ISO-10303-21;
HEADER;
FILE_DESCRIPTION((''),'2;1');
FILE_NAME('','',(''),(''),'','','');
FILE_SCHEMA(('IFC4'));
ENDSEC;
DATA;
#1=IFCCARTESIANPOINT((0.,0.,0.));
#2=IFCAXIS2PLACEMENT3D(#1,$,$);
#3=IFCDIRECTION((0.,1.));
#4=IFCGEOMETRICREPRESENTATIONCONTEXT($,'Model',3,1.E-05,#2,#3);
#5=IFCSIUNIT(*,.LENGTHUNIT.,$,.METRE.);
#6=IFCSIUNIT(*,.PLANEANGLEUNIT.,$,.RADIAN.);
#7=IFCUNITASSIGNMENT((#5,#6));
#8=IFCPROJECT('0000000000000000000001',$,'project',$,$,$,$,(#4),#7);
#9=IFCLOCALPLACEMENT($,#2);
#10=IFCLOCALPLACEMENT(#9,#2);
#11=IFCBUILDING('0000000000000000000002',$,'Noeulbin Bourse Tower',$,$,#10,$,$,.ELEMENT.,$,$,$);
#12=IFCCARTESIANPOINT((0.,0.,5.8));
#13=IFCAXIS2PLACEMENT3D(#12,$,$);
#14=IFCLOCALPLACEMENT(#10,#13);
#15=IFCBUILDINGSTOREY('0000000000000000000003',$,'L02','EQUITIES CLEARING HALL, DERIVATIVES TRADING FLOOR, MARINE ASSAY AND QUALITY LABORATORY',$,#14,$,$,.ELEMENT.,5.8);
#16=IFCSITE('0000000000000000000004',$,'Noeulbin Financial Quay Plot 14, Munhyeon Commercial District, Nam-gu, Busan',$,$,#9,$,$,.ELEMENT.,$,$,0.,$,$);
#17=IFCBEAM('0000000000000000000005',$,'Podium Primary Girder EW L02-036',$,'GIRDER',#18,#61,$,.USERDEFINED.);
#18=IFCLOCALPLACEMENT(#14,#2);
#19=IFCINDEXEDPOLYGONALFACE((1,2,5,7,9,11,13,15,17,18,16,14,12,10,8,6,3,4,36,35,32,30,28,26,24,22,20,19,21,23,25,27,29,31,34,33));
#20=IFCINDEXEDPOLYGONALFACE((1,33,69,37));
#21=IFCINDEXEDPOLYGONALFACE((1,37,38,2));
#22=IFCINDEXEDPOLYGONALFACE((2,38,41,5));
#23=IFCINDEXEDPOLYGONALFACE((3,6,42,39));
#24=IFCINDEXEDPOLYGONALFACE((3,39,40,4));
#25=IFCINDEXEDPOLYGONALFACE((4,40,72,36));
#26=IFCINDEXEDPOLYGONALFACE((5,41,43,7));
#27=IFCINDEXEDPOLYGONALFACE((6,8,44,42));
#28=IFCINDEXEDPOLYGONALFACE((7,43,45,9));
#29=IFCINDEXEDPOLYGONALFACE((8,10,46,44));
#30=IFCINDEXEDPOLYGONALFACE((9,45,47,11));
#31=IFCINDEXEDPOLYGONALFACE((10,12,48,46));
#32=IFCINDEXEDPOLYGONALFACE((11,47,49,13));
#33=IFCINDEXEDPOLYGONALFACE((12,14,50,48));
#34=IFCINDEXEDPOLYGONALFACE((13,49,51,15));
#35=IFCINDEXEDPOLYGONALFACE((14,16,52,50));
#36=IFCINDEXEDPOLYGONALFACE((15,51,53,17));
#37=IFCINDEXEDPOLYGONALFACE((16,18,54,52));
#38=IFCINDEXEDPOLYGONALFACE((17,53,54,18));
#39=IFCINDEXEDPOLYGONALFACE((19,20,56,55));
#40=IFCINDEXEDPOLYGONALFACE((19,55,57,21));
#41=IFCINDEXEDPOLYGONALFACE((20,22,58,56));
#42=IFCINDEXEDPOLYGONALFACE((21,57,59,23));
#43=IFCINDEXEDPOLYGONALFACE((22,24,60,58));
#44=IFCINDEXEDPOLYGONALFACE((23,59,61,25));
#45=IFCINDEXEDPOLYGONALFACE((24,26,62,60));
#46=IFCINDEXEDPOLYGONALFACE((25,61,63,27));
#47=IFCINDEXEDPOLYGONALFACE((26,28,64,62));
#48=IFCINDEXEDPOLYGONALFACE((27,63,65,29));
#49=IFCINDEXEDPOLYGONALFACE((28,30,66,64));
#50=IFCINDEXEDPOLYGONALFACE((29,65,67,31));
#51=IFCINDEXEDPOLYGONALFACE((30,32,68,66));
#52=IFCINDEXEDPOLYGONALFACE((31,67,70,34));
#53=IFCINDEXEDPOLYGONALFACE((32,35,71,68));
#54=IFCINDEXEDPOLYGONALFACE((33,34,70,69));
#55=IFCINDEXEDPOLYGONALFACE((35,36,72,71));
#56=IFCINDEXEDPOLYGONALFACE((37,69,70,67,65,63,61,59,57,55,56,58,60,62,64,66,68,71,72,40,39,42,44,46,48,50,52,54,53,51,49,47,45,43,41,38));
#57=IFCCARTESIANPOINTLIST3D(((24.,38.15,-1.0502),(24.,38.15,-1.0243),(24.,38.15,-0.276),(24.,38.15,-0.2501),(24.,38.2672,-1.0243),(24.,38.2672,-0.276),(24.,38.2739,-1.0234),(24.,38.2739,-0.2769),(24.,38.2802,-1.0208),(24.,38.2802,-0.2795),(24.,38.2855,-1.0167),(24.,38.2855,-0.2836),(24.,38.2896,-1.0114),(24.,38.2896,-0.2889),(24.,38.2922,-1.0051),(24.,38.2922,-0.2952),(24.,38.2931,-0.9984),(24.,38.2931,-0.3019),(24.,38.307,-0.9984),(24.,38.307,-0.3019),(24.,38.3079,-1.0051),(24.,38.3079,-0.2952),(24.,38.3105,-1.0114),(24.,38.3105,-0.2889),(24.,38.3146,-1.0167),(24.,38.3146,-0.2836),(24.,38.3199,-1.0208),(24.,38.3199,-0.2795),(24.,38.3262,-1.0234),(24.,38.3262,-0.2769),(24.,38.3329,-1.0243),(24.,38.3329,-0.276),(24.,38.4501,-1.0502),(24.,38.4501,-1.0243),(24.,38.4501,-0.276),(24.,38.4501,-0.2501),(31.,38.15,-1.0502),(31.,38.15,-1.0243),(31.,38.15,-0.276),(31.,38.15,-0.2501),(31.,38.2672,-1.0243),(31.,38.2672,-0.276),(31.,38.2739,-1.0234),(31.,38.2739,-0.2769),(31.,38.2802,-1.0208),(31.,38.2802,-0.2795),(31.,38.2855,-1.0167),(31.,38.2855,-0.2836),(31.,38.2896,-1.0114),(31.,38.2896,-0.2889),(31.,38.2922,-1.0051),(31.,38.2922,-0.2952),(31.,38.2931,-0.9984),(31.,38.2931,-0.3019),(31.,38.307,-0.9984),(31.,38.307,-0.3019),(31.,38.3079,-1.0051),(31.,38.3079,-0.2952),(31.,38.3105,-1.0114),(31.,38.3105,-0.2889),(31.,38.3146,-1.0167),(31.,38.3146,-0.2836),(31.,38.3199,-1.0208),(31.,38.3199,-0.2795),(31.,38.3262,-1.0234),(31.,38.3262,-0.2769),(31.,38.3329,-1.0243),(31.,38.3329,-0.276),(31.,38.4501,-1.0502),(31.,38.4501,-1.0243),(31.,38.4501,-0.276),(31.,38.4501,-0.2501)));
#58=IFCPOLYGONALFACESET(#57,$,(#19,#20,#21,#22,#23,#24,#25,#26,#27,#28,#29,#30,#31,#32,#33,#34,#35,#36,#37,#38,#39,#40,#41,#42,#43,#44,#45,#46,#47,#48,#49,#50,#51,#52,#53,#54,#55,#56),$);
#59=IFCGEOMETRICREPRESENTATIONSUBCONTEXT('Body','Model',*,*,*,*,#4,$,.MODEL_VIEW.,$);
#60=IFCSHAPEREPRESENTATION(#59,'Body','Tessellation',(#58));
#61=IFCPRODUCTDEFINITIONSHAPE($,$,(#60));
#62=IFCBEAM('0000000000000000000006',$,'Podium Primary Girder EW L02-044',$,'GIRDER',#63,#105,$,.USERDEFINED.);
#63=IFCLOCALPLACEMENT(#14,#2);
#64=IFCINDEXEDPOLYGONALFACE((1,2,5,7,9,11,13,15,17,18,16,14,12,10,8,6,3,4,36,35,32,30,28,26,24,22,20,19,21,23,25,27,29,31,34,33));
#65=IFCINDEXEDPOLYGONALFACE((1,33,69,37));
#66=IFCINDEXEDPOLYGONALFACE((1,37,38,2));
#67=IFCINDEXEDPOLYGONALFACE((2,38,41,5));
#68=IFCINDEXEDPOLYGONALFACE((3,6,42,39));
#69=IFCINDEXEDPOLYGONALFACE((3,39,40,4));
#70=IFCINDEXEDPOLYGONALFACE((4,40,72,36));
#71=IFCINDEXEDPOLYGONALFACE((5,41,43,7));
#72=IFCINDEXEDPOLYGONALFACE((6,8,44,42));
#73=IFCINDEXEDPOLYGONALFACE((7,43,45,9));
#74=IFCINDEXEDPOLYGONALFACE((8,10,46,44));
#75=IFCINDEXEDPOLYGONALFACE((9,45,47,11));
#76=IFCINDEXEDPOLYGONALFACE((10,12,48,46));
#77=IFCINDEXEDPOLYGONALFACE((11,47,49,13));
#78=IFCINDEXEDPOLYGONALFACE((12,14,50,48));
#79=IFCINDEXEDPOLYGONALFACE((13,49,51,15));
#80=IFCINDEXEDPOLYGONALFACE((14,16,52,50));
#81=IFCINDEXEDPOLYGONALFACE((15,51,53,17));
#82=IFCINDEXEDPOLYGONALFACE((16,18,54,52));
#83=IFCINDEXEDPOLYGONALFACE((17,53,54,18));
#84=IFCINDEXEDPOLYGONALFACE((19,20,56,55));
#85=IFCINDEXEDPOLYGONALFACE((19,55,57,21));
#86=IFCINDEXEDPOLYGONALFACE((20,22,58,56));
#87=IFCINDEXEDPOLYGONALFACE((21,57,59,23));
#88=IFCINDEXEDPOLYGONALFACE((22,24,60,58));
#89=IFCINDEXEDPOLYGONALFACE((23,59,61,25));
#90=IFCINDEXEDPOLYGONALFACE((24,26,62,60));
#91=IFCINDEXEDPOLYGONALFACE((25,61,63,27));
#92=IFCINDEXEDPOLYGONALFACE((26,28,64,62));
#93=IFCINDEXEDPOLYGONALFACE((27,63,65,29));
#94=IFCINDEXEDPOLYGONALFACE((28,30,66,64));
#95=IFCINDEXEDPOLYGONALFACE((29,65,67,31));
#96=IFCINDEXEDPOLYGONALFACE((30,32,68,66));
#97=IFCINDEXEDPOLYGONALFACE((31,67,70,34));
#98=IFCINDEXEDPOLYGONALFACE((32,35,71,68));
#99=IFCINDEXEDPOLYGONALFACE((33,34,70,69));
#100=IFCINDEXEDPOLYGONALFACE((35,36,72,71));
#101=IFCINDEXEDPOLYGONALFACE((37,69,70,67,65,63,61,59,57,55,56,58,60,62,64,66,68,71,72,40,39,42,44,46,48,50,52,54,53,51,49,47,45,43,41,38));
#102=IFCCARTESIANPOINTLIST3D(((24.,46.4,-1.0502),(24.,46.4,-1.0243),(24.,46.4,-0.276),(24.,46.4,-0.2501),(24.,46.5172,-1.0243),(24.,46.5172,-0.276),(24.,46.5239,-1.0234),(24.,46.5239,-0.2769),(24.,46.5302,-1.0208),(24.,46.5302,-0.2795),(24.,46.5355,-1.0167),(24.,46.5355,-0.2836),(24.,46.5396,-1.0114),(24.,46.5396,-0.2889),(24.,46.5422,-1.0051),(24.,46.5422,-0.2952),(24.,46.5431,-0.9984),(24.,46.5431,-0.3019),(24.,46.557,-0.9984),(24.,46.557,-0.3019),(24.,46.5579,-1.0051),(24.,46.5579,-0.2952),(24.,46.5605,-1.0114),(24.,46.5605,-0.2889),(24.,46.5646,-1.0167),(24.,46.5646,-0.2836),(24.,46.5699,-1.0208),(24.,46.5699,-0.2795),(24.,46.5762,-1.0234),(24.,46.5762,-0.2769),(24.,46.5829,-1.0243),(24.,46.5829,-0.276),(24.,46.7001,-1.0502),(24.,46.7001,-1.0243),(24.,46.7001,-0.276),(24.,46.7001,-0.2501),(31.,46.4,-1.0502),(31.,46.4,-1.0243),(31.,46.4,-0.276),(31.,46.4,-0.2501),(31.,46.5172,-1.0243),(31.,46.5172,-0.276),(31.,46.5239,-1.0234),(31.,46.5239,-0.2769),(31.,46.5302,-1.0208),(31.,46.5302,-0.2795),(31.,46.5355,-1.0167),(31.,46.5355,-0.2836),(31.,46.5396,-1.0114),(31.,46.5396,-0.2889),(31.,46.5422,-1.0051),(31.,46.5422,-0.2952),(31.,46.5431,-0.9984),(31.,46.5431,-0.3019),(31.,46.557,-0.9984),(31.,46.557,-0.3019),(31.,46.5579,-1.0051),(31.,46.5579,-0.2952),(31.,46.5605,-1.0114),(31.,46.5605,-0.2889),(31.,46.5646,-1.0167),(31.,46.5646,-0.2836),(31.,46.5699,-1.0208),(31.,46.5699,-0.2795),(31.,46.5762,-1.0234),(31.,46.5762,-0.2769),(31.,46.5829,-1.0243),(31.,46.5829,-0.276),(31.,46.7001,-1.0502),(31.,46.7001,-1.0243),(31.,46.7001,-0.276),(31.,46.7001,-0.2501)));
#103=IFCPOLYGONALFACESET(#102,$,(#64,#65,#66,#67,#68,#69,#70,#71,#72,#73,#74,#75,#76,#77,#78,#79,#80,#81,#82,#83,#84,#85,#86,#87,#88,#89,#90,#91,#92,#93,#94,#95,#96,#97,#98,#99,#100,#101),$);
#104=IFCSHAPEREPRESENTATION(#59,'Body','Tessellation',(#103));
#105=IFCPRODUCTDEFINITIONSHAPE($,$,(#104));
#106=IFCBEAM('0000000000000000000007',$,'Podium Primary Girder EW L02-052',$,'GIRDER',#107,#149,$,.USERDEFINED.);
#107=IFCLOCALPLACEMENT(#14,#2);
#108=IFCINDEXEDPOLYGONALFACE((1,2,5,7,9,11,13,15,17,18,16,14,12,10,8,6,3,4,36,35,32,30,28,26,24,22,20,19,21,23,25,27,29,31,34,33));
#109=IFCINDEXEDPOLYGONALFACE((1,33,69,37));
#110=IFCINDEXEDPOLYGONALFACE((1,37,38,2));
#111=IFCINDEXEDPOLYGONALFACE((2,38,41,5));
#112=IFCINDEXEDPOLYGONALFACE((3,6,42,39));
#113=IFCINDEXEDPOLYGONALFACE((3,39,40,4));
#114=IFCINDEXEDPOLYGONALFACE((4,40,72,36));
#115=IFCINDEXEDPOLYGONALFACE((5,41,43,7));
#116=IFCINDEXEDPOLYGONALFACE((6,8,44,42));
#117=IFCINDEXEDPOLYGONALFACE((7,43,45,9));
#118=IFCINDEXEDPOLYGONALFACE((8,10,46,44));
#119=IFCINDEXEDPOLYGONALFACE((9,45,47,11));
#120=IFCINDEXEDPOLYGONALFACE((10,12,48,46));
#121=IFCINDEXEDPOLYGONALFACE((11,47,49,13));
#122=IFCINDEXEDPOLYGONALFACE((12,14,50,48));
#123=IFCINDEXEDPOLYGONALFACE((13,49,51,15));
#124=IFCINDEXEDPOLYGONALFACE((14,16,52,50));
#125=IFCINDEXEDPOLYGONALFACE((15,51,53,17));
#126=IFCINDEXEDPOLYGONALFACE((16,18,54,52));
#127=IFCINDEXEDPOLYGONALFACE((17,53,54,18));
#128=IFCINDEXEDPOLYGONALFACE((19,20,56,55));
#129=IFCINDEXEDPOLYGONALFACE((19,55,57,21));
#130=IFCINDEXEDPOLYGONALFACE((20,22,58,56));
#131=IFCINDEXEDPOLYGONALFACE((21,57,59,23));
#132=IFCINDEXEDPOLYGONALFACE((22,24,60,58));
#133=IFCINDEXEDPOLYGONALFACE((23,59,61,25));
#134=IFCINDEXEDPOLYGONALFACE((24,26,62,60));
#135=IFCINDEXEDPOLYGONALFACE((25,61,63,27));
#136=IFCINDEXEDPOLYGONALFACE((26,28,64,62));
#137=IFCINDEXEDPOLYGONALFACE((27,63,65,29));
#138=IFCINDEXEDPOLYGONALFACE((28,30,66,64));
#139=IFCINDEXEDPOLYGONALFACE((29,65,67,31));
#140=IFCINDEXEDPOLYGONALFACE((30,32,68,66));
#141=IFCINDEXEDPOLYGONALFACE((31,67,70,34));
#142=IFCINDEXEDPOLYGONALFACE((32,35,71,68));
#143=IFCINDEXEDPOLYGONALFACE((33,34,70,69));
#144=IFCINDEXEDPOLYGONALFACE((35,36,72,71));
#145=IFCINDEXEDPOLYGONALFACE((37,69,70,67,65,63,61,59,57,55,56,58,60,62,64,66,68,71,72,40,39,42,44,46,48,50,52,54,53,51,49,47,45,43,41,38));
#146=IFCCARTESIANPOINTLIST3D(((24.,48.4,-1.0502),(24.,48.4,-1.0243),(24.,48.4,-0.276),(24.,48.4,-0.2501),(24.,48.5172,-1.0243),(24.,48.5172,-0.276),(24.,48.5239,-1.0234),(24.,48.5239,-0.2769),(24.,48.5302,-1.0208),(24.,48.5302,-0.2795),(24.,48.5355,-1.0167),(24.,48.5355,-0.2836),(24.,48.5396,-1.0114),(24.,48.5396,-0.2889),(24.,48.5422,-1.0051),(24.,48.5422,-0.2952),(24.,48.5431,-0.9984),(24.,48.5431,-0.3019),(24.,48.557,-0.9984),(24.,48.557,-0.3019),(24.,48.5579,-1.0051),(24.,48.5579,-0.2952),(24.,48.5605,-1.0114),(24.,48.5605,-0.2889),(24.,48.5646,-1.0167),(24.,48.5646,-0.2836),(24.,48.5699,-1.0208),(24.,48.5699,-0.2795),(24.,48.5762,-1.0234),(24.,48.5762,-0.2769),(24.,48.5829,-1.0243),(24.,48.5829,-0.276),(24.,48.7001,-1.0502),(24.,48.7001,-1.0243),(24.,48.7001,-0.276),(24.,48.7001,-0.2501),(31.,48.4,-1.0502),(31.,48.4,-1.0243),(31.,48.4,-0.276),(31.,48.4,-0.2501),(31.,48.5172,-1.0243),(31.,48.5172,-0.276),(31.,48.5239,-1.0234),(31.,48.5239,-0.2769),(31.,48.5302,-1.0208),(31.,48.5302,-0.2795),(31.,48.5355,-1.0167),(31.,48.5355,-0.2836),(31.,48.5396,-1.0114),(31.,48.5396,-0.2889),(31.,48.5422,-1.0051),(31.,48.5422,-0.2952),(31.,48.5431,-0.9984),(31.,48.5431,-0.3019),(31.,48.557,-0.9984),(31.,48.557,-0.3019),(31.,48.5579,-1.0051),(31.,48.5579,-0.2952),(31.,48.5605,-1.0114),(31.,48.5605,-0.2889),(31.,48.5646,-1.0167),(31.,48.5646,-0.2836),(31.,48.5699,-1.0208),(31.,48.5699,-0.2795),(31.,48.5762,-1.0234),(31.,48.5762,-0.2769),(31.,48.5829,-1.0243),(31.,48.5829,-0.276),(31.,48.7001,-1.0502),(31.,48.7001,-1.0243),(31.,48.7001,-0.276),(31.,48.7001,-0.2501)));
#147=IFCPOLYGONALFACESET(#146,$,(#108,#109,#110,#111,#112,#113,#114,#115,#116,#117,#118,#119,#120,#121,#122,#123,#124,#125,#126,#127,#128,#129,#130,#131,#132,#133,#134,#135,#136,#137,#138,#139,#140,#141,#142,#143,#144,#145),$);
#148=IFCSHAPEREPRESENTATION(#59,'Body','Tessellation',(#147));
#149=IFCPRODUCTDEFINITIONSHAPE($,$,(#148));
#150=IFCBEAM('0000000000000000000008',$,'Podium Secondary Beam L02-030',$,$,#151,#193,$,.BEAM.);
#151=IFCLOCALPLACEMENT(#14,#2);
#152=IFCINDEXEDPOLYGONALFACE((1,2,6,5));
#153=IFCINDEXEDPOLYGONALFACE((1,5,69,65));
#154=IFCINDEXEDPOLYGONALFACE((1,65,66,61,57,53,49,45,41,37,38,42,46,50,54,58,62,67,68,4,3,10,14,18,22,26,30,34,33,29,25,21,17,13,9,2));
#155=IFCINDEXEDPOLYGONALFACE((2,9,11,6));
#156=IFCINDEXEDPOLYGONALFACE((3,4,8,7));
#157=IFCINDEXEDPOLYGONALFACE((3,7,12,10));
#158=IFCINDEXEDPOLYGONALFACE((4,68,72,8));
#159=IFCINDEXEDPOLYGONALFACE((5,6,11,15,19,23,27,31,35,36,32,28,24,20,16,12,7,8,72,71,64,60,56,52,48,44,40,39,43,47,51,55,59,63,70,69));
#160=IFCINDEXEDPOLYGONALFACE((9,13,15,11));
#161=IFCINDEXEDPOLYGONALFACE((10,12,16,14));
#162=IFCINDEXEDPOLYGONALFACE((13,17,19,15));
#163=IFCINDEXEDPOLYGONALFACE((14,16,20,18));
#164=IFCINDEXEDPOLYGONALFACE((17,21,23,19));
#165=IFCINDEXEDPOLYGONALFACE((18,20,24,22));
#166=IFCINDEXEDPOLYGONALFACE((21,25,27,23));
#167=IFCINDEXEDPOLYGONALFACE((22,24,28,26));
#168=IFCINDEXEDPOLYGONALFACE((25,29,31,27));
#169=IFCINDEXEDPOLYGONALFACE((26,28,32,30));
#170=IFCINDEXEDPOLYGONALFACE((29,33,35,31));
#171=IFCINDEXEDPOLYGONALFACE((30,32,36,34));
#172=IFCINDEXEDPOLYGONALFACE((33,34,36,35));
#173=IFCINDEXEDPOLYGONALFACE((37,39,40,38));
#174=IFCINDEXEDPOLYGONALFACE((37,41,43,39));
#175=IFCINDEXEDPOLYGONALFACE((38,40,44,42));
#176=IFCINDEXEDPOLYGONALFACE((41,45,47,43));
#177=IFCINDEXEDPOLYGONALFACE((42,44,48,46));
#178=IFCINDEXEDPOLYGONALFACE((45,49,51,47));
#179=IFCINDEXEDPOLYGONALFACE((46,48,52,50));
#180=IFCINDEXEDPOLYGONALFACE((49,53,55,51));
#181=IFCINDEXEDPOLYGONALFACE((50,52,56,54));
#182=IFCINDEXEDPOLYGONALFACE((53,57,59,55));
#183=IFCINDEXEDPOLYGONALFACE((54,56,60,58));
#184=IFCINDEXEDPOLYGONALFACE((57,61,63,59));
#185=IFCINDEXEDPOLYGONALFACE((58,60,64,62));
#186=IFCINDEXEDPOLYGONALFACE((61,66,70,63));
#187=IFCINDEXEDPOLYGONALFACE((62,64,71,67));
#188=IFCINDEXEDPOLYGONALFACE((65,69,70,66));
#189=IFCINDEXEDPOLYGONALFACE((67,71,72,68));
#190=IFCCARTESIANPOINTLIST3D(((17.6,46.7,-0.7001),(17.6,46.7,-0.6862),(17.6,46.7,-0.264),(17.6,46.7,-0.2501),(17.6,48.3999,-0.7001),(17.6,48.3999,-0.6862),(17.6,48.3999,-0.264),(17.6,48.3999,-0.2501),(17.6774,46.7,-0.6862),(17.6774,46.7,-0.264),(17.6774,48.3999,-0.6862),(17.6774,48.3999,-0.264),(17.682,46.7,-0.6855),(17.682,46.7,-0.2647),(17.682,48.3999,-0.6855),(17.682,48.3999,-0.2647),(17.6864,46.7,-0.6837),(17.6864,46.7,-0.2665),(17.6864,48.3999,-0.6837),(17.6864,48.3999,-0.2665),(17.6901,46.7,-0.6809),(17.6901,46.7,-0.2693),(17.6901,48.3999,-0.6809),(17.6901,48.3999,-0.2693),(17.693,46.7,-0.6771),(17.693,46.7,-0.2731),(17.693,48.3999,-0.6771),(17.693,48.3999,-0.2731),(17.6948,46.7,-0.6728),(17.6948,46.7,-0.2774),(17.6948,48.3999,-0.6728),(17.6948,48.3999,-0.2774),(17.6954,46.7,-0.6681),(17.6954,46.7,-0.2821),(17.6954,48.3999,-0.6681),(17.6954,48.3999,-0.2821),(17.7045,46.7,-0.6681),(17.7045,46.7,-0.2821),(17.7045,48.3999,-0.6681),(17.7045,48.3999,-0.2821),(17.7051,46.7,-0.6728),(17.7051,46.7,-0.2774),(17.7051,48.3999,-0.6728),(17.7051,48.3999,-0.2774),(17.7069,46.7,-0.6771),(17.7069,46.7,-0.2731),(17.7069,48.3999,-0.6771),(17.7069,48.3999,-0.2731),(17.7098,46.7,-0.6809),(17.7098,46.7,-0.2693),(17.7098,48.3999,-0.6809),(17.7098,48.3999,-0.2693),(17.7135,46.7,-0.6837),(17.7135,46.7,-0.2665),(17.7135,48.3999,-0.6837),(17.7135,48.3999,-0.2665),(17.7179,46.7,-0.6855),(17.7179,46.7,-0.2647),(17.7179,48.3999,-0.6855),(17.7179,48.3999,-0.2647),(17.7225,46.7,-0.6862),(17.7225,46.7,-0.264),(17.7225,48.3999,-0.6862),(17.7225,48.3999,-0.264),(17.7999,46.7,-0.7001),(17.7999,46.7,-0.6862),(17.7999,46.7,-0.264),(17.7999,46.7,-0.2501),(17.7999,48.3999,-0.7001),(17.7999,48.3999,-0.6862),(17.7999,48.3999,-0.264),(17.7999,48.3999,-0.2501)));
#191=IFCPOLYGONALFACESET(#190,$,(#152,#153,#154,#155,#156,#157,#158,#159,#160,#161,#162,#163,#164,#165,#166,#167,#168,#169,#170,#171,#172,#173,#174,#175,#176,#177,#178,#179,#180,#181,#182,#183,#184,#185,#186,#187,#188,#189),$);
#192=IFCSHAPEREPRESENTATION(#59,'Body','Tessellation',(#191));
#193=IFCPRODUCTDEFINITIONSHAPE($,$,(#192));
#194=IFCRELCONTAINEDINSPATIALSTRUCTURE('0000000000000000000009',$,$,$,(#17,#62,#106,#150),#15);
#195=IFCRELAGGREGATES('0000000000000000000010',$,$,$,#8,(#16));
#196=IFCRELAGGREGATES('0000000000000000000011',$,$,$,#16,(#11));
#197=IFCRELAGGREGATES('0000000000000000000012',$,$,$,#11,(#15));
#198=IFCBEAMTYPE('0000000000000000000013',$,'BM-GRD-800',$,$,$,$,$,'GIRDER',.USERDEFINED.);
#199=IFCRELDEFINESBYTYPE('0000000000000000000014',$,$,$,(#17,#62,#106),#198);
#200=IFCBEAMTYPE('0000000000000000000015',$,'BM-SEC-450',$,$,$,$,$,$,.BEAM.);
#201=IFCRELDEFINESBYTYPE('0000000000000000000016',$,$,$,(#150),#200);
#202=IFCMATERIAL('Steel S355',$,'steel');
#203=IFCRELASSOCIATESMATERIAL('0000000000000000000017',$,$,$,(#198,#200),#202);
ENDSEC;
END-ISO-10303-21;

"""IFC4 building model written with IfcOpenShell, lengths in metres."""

from ifc_helpers import new_model, si_unit, direction, frame, origin, origin_2d, place, context, subcontext, project, spatial, i_section, extrude, material, material_profile, profile_set, type_object, element, save


model = new_model("IFC4")

# Units and contexts
model_context = context("Model", 3, precision=1e-05, world=origin(), true_north=direction((0.0, 1.0)))
body_context = subcontext(model_context, "Body", "Model", "MODEL_VIEW")
ifc_project = project(units=[si_unit("LENGTHUNIT", "METRE"), si_unit("PLANEANGLEUNIT", "RADIAN")], contexts=[model_context])

# Site, building, storey
site_placement = place(None, origin())
site = spatial("IfcSite", under=ifc_project, at=site_placement, Name="Noeulbin Financial Quay Plot 14, Munhyeon Commercial District, Nam-gu, Busan", CompositionType="ELEMENT", RefElevation=0.0)
building_placement = place(site_placement, origin())
building = spatial("IfcBuilding", under=site, at=building_placement, Name="Noeulbin Bourse Tower", CompositionType="ELEMENT")
storey_placement = place(building_placement, frame((0.0, 0.0, 5.8)))
storey = spatial("IfcBuildingStorey", under=building, at=storey_placement, Name="L02", Description="EQUITIES CLEARING HALL, DERIVATIVES TRADING FLOOR, MARINE ASSAY AND QUALITY LABORATORY", CompositionType="ELEMENT", Elevation=5.8)

# Beams
ifc_material_1 = material(Name="Steel S355", Category="steel")
ifc_material_profile_1 = material_profile(ifc_material_1, i_section(OverallWidth=0.3, OverallDepth=0.8, WebThickness=0.0139, FlangeThickness=0.0259, FilletRadius=0.0259, at=origin_2d()), Name="H-800x300x14x26", Category="LoadBearing")
ifc_profile_set_1 = profile_set([ifc_material_profile_1], Name="Steel S355")
beam_type_1 = type_object("IfcBeamType", Name="BM-GRD-800", ElementType="GIRDER", PredefinedType="USERDEFINED", material=ifc_profile_set_1)
for number, where, z_axis, x_axis, name in (
    (1, (24.0, 38.3, -0.6501), (1.0, 0.0, 0.0), (0.0, 1.0, 0.0), "Podium Primary Girder EW L02-036"),
    (2, (24.0, 46.55, -0.6501), (1.0, 0.0, 0.0), (0.0, 1.0, 0.0), "Podium Primary Girder EW L02-044"),
    (3, (24.0, 48.55, -0.6501), (1.0, 0.0, 0.0), (0.0, 1.0, 0.0), "Podium Primary Girder EW L02-052"),
):
    element("IfcBeam", number, at=place(storey_placement, frame(where, z_axis=z_axis, x_axis=x_axis)), inside=storey, type_object=beam_type_1, Name=name, ObjectType="GIRDER", PredefinedType="USERDEFINED", context=body_context, shape_type="SweptSolid", body=[
        extrude(i_section(OverallWidth=0.3, OverallDepth=0.8, WebThickness=0.0139, FlangeThickness=0.0259, FilletRadius=0.0259, at=origin_2d()), origin(), (0.0, 0.0, 1.0), 7.0),
    ])
ifc_material_profile_2 = material_profile(ifc_material_1, i_section(OverallWidth=0.2, OverallDepth=0.45, WebThickness=0.009, FlangeThickness=0.0139, FilletRadius=0.0181, at=origin_2d()), Name="H-450x200x9x14", Category="LoadBearing")
ifc_profile_set_2 = profile_set([ifc_material_profile_2], Name="Steel S355")
beam_type_2 = type_object("IfcBeamType", Name="BM-SEC-450", PredefinedType="BEAM", material=ifc_profile_set_2)
beam_1_placement = place(storey_placement, frame((17.7, 46.7, -0.4751), z_axis=(0.0, 1.0, 0.0), x_axis=(-1.0, 0.0, 0.0)))
element("IfcBeam", 4, at=beam_1_placement, inside=storey, type_object=beam_type_2, Name="Podium Secondary Beam L02-030", PredefinedType="BEAM", context=body_context, shape_type="SweptSolid", body=[
    extrude(i_section(OverallWidth=0.2, OverallDepth=0.45, WebThickness=0.009, FlangeThickness=0.0139, FilletRadius=0.0181, at=origin_2d()), origin(), (0.0, 0.0, 1.0), 1.7),
])

save(model, "model.ifc")
